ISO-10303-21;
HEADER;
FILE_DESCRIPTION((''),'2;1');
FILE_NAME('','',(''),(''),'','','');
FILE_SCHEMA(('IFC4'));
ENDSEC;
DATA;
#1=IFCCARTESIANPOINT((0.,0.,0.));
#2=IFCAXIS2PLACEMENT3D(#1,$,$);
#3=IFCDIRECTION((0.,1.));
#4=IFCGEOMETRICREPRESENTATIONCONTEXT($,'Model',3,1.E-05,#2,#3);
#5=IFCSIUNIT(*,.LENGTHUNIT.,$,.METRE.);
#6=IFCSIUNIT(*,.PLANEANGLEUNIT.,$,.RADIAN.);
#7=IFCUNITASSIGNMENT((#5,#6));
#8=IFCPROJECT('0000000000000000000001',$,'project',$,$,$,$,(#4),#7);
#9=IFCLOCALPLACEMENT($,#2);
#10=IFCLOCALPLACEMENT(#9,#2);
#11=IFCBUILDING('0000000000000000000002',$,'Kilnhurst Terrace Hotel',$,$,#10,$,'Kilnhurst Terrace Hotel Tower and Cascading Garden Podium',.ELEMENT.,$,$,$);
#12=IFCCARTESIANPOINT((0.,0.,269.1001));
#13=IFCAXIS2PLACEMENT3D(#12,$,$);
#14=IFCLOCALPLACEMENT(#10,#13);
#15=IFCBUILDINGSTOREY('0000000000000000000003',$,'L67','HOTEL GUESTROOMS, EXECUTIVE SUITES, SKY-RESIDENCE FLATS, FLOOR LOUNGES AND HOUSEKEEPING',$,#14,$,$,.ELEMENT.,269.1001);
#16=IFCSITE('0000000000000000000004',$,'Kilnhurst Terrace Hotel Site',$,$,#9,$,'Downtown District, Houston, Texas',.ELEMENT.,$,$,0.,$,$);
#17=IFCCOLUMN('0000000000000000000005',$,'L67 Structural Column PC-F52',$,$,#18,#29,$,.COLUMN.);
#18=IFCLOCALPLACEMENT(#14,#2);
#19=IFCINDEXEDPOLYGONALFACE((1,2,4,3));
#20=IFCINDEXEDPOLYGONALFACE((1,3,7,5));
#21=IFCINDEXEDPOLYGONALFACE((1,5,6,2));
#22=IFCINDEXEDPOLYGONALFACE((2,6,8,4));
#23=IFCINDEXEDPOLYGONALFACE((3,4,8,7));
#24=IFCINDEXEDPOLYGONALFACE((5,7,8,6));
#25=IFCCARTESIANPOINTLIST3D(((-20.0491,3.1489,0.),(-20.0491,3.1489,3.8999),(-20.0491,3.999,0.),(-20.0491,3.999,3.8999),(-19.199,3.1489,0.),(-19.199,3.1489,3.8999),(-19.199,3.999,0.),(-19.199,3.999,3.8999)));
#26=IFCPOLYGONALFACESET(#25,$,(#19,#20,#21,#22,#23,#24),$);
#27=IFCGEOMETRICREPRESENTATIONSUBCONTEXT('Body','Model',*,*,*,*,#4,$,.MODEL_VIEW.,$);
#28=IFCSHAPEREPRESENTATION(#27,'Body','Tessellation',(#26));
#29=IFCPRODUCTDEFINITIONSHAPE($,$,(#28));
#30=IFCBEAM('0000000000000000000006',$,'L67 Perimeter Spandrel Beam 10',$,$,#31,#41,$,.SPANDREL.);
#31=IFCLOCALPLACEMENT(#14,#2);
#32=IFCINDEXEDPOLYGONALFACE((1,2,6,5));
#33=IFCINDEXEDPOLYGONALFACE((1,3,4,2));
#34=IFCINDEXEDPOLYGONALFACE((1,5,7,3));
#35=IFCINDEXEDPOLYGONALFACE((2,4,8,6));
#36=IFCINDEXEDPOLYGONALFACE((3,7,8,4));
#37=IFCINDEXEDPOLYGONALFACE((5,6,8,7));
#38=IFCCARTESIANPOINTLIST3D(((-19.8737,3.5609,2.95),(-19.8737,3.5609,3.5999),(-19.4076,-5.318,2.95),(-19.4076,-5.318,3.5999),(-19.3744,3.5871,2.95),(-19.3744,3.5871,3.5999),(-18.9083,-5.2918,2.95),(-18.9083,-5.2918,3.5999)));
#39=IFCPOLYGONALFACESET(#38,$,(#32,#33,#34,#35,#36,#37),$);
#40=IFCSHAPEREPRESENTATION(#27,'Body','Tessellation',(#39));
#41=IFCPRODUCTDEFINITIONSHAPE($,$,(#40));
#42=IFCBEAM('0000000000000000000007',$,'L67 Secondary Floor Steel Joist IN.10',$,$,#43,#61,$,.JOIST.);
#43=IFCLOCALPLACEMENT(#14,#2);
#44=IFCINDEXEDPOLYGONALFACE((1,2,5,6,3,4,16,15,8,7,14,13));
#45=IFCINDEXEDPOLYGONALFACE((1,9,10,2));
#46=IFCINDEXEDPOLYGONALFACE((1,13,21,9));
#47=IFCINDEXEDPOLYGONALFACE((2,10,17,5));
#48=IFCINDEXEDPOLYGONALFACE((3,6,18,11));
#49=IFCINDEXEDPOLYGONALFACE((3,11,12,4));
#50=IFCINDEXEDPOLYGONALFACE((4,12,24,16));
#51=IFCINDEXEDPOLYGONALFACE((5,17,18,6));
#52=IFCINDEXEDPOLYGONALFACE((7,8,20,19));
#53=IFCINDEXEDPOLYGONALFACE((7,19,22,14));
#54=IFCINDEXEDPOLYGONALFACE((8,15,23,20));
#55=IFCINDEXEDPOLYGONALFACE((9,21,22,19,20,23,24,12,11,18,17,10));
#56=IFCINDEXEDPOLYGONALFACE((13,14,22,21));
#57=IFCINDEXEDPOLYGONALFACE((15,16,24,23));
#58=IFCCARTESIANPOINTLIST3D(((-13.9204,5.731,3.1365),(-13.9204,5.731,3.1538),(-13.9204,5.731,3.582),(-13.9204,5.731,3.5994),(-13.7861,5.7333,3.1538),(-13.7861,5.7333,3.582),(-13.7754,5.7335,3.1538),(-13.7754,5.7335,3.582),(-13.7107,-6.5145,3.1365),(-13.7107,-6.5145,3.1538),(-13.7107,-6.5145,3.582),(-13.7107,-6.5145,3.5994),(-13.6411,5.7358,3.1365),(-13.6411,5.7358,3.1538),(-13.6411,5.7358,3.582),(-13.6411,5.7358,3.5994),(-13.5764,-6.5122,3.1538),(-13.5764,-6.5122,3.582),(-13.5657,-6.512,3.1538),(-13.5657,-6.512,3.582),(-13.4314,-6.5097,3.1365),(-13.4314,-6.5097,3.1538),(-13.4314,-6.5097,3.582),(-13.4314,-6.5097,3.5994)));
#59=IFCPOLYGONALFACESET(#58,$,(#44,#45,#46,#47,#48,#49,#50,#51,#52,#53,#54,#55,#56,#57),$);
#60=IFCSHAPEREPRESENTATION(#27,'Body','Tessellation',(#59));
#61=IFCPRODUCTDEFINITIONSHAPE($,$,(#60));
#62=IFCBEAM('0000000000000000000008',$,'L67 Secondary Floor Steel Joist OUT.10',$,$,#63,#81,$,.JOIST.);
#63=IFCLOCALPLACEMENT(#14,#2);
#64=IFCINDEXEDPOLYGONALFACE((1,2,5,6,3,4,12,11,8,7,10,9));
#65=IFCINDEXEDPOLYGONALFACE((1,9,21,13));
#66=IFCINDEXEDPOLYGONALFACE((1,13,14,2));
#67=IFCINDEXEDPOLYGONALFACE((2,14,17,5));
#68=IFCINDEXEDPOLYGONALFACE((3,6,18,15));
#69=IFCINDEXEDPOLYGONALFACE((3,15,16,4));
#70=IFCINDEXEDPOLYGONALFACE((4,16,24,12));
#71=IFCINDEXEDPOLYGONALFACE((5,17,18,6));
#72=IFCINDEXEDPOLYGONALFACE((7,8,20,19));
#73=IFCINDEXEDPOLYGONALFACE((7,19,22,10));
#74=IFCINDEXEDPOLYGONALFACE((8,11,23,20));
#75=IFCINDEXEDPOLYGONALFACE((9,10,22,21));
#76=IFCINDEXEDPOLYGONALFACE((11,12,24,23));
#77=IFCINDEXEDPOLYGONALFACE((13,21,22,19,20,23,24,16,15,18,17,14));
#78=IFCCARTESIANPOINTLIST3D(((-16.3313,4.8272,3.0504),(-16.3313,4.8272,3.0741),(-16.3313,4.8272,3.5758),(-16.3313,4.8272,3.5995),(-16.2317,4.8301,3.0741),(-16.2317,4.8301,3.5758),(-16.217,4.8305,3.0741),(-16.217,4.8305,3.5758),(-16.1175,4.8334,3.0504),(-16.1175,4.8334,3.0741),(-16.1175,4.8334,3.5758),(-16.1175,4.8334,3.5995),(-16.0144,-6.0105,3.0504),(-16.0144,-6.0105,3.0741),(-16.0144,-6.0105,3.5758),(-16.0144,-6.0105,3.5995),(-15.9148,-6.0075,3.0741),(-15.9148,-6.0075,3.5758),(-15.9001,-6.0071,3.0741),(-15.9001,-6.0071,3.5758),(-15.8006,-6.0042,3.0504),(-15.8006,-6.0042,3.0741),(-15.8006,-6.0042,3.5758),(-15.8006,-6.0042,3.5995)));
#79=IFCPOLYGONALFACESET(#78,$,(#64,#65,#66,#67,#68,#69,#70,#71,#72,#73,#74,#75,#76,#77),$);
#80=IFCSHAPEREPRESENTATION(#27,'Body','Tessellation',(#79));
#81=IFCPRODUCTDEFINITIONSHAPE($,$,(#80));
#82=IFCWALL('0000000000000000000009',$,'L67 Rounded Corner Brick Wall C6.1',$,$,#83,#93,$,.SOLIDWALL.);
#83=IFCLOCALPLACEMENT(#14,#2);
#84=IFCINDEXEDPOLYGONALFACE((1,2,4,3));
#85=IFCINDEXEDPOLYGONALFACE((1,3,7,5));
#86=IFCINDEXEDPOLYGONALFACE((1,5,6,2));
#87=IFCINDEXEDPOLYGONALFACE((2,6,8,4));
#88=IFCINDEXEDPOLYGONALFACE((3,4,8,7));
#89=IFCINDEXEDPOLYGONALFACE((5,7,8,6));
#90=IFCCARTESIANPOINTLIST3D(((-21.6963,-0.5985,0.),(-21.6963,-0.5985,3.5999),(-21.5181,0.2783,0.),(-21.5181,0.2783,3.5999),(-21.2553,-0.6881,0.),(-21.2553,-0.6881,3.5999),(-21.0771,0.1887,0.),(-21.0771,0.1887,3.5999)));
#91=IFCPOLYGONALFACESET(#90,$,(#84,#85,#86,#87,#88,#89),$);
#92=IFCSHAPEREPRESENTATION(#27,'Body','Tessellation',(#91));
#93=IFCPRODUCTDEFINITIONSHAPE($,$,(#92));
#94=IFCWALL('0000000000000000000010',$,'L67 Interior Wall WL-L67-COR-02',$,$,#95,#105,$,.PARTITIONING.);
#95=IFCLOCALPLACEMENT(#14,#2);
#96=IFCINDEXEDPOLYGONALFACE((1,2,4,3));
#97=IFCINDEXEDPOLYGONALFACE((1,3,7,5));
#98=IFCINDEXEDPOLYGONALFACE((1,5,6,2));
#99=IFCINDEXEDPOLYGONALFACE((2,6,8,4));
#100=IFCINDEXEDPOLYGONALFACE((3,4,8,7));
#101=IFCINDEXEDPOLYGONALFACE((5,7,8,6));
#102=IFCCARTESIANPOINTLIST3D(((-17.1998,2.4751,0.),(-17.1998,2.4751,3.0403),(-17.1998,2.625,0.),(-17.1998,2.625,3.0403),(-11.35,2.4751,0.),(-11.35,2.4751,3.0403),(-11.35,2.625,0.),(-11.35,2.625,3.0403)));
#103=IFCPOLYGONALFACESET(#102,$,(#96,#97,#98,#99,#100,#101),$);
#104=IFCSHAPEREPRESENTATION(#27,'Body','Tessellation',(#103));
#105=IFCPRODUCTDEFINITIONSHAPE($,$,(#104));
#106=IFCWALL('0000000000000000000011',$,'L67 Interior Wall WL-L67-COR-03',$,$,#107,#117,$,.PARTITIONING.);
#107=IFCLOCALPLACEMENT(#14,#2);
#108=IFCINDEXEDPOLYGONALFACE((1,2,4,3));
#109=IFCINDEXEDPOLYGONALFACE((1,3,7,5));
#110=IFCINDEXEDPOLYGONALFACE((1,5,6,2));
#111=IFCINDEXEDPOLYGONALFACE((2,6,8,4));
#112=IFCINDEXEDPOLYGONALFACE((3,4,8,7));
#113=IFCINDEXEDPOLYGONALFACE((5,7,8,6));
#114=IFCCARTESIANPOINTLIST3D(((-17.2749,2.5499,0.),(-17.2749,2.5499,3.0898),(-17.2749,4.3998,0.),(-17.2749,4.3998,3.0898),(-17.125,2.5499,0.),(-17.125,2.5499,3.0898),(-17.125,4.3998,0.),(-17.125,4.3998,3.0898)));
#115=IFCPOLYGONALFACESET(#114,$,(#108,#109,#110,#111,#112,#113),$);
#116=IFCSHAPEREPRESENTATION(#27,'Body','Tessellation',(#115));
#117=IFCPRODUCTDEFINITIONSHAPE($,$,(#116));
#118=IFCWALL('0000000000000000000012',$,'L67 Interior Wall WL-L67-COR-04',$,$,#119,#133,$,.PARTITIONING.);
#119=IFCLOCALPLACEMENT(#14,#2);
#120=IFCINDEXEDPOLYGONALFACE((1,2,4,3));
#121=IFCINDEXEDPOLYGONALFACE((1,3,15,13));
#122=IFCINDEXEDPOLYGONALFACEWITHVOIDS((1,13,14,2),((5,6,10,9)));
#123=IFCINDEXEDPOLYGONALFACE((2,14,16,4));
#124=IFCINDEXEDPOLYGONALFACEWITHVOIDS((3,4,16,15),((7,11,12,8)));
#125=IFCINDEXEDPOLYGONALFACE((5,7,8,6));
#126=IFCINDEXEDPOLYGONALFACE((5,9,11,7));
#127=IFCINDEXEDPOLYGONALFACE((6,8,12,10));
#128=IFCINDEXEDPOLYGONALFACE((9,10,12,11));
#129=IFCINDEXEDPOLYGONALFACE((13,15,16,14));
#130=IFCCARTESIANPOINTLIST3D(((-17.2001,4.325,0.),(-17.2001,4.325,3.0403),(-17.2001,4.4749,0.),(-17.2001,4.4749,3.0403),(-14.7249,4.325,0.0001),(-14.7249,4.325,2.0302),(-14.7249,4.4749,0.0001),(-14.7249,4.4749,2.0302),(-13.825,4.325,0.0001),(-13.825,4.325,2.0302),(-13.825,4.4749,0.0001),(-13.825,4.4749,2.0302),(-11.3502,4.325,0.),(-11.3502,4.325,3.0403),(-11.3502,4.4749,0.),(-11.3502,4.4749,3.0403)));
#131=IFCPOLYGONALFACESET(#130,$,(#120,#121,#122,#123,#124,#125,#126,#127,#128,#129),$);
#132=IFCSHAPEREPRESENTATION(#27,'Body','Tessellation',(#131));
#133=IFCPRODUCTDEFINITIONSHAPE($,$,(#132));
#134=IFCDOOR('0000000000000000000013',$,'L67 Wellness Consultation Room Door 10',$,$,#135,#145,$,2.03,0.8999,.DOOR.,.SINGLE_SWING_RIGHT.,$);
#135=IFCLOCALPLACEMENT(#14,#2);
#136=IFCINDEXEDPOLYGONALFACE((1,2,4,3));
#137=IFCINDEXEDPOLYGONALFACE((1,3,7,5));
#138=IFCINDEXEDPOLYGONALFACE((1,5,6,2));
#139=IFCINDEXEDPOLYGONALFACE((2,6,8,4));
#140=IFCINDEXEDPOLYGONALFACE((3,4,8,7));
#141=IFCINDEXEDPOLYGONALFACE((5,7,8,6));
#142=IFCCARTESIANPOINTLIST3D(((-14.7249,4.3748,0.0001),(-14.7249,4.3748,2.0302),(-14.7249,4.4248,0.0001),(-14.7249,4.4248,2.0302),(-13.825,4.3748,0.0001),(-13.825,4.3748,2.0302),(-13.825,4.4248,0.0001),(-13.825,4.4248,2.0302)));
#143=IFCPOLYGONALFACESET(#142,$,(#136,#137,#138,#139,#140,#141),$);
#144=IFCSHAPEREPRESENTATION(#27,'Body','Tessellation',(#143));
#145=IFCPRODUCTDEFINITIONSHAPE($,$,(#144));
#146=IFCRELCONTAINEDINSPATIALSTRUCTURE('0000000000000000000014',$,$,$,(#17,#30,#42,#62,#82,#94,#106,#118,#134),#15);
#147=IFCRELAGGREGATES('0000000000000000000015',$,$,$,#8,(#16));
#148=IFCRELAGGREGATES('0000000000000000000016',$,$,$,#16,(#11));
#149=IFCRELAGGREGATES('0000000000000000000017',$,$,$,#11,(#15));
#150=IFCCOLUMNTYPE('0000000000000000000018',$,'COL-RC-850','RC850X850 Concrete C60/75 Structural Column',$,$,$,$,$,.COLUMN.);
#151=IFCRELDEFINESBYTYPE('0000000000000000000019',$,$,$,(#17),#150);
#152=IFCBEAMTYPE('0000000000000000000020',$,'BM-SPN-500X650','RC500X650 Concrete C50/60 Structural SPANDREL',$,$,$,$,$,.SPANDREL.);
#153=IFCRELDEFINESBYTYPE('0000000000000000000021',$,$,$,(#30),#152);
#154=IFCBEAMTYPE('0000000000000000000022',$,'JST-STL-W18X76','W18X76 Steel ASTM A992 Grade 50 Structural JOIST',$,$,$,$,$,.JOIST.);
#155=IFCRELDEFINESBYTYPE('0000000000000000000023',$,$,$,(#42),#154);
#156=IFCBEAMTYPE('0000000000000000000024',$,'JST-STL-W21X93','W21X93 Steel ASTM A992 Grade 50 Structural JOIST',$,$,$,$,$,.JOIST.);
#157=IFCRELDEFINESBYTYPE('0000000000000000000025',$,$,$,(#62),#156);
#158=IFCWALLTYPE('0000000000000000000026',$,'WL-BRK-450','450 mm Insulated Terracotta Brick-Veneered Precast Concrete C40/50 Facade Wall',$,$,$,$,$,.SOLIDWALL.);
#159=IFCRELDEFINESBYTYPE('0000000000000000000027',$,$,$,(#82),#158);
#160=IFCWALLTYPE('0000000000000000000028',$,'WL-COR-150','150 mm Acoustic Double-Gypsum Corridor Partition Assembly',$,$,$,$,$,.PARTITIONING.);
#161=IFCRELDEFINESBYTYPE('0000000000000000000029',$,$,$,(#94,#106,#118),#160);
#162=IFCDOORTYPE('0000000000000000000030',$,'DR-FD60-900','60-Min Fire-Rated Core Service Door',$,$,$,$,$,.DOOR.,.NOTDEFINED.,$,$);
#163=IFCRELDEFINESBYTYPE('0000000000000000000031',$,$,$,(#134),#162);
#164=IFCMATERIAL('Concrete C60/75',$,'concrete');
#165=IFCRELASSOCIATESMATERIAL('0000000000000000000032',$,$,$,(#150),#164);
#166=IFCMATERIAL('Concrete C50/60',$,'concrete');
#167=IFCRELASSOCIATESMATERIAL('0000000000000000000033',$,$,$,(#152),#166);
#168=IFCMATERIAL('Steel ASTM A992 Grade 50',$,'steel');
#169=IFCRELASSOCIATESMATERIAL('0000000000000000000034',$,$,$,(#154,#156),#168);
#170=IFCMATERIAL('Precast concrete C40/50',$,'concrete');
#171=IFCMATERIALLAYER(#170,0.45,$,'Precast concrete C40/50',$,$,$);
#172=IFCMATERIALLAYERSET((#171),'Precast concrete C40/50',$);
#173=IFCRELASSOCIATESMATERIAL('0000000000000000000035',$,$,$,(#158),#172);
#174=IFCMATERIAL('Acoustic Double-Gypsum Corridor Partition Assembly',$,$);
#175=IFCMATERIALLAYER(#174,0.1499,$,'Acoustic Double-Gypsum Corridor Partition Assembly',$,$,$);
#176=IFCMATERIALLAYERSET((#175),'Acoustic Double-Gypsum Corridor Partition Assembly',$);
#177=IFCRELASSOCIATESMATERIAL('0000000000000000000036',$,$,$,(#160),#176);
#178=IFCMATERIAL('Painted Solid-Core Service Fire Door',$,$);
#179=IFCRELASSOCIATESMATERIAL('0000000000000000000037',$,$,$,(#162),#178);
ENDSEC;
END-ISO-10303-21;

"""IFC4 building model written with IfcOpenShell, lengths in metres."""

from ifc_helpers import new_model, si_unit, direction, frame, frame_2d, origin, origin_2d, place, context, subcontext, project, spatial, rectangle, i_section, extrude, material, layer, layer_set, material_profile, profile_set, type_object, element, fill, save


model = new_model("IFC4")

# Units and contexts
model_context = context("Model", 3, precision=1e-05, world=origin(), true_north=direction((0.0, 1.0)))
body_context = subcontext(model_context, "Body", "Model", "MODEL_VIEW")
ifc_project = project(units=[si_unit("LENGTHUNIT", "METRE"), si_unit("PLANEANGLEUNIT", "RADIAN")], contexts=[model_context])

# Site, building, storey
site_placement = place(None, origin())
site = spatial("IfcSite", under=ifc_project, at=site_placement, Name="Kilnhurst Terrace Hotel Site", LongName="Downtown District, Houston, Texas", CompositionType="ELEMENT", RefElevation=0.0)
building_placement = place(site_placement, origin())
building = spatial("IfcBuilding", under=site, at=building_placement, Name="Kilnhurst Terrace Hotel", LongName="Kilnhurst Terrace Hotel Tower and Cascading Garden Podium", CompositionType="ELEMENT")
storey_placement = place(building_placement, frame((0.0, 0.0, 269.1001)))
storey = spatial("IfcBuildingStorey", under=building, at=storey_placement, Name="L67", Description="HOTEL GUESTROOMS, EXECUTIVE SUITES, SKY-RESIDENCE FLATS, FLOOR LOUNGES AND HOUSEKEEPING", CompositionType="ELEMENT", Elevation=269.1001)

# Column
ifc_material_1 = material(Name="Concrete C60/75", Category="concrete")
ifc_material_profile_1 = material_profile(ifc_material_1, rectangle(XDim=0.8501, YDim=0.8501, at=origin_2d()), Name="RC850X850")
ifc_profile_set_1 = profile_set([ifc_material_profile_1], Name="Concrete C60/75")
column_type = type_object("IfcColumnType", Name="COL-RC-850", Description="RC850X850 Concrete C60/75 Structural Column", PredefinedType="COLUMN", material=ifc_profile_set_1)
column_placement = place(storey_placement, frame((-19.624, 3.574, 0.0), z_axis=(0.0, 0.0, 1.0), x_axis=(1.0, 0.0, 0.0)))
element("IfcColumn", 1, at=column_placement, inside=storey, type_object=column_type, Name="L67 Structural Column PC-F52", PredefinedType="COLUMN", context=body_context, shape_type="SweptSolid", body=[
    extrude(rectangle(XDim=0.8501, YDim=0.8501, at=origin_2d()), origin(), (0.0, 0.0, 1.0), 3.8999),
])

# Beams
ifc_material_2 = material(Name="Concrete C50/60", Category="concrete")
ifc_material_profile_2 = material_profile(ifc_material_2, rectangle(XDim=0.5, YDim=0.6499, at=origin_2d()), Name="RC500X650")
ifc_profile_set_2 = profile_set([ifc_material_profile_2], Name="Concrete C50/60")
beam_type_1 = type_object("IfcBeamType", Name="BM-SPN-500X650", Description="RC500X650 Concrete C50/60 Structural SPANDREL", PredefinedType="SPANDREL", material=ifc_profile_set_2)
beam_1_placement = place(storey_placement, frame((-19.624, 3.574, 3.2749), z_axis=(0.052419, -0.998625, 0.0), x_axis=(0.998625, 0.052419, 0.0)))
element("IfcBeam", 2, at=beam_1_placement, inside=storey, type_object=beam_type_1, Name="L67 Perimeter Spandrel Beam 10", PredefinedType="SPANDREL", context=body_context, shape_type="SweptSolid", body=[
    extrude(rectangle(XDim=0.5, YDim=0.6499, at=origin_2d()), origin(), (0.0, 0.0, 1.0), 8.8911),
])
ifc_material_3 = material(Name="Steel ASTM A992 Grade 50", Category="steel")
ifc_material_profile_3 = material_profile(ifc_material_3, i_section(OverallWidth=0.2793, OverallDepth=0.4629, WebThickness=0.0107, FlangeThickness=0.0173, at=origin_2d()), Name="W18X76")
ifc_profile_set_3 = profile_set([ifc_material_profile_3], Name="Steel ASTM A992 Grade 50")
beam_type_2 = type_object("IfcBeamType", Name="JST-STL-W18X76", Description="W18X76 Steel ASTM A992 Grade 50 Structural JOIST", PredefinedType="JOIST", material=ifc_profile_set_3)
beam_2_placement = place(storey_placement, frame((-13.7808, 5.7334, 3.3679), z_axis=(0.017123, -0.999853, 0.0), x_axis=(0.999853, 0.017123, 0.0)))
element("IfcBeam", 3, at=beam_2_placement, inside=storey, type_object=beam_type_2, Name="L67 Secondary Floor Steel Joist IN.10", PredefinedType="JOIST", context=body_context, shape_type="SweptSolid", body=[
    extrude(i_section(OverallWidth=0.2793, OverallDepth=0.4629, WebThickness=0.0107, FlangeThickness=0.0173, at=origin_2d()), origin(), (0.0, 0.0, 1.0), 12.2473),
])
ifc_material_profile_4 = material_profile(ifc_material_3, i_section(OverallWidth=0.2139, OverallDepth=0.5491, WebThickness=0.0146, FlangeThickness=0.0237, at=origin_2d()), Name="W21X93")
ifc_profile_set_4 = profile_set([ifc_material_profile_4], Name="Steel ASTM A992 Grade 50")
beam_type_3 = type_object("IfcBeamType", Name="JST-STL-W21X93", Description="W21X93 Steel ASTM A992 Grade 50 Structural JOIST", PredefinedType="JOIST", material=ifc_profile_set_4)
beam_3_placement = place(storey_placement, frame((-16.2244, 4.8303, 3.325), z_axis=(0.029228, -0.999573, 0.0), x_axis=(0.999573, 0.029228, 0.0)))
element("IfcBeam", 4, at=beam_3_placement, inside=storey, type_object=beam_type_3, Name="L67 Secondary Floor Steel Joist OUT.10", PredefinedType="JOIST", context=body_context, shape_type="SweptSolid", body=[
    extrude(i_section(OverallWidth=0.2139, OverallDepth=0.5491, WebThickness=0.0146, FlangeThickness=0.0237, at=origin_2d()), origin(), (0.0, 0.0, 1.0), 10.8423),
])

# Walls
ifc_material_4 = material(Name="Precast concrete C40/50", Category="concrete")
ifc_layer_1 = layer(ifc_material_4, 0.45, Name="Precast concrete C40/50")
ifc_layer_set_1 = layer_set([ifc_layer_1], Name="Precast concrete C40/50")
wall_type_1 = type_object("IfcWallType", Name="WL-BRK-450", Description="450 mm Insulated Terracotta Brick-Veneered Precast Concrete C40/50 Facade Wall", PredefinedType="SOLIDWALL", material=ifc_layer_set_1)
wall_1_placement = place(storey_placement, frame((-21.2976, 0.2334, 0.0), z_axis=(0.0, 0.0, 1.0), x_axis=(-0.199158, -0.979967, 0.0)))
element("IfcWall", 5, at=wall_1_placement, inside=storey, type_object=wall_type_1, Name="L67 Rounded Corner Brick Wall C6.1", PredefinedType="SOLIDWALL", context=body_context, shape_type="SweptSolid", body=[
    extrude(rectangle(XDim=0.8948, YDim=0.45, at=frame_2d((0.4473, 0.0))), origin(), (0.0, 0.0, 1.0), 3.5999),
])
ifc_material_5 = material(Name="Acoustic Double-Gypsum Corridor Partition Assembly")
ifc_layer_2 = layer(ifc_material_5, 0.1499, Name="Acoustic Double-Gypsum Corridor Partition Assembly")
ifc_layer_set_2 = layer_set([ifc_layer_2], Name="Acoustic Double-Gypsum Corridor Partition Assembly")
wall_type_2 = type_object("IfcWallType", Name="WL-COR-150", Description="150 mm Acoustic Double-Gypsum Corridor Partition Assembly", PredefinedType="PARTITIONING", material=ifc_layer_set_2)
wall_2_placement = place(storey_placement, frame((-11.3501, 2.55, 0.0), z_axis=(0.0, 0.0, 1.0), x_axis=(-1.0, 0.0, 0.0)))
element("IfcWall", 6, at=wall_2_placement, inside=storey, type_object=wall_type_2, Name="L67 Interior Wall WL-L67-COR-02", PredefinedType="PARTITIONING", context=body_context, shape_type="SweptSolid", body=[
    extrude(rectangle(XDim=5.8499, YDim=0.1499, at=frame_2d((2.9248, 0.0))), origin(), (0.0, 0.0, 1.0), 3.0403),
])
wall_3_placement = place(storey_placement, frame((-17.2, 2.55, 0.0), z_axis=(0.0, 0.0, 1.0), x_axis=(0.0, 1.0, 0.0)))
element("IfcWall", 7, at=wall_3_placement, inside=storey, type_object=wall_type_2, Name="L67 Interior Wall WL-L67-COR-03", PredefinedType="PARTITIONING", context=body_context, shape_type="SweptSolid", body=[
    extrude(rectangle(XDim=1.8499, YDim=0.1499, at=frame_2d((0.9248, 0.0))), origin(), (0.0, 0.0, 1.0), 3.0898),
])

# Wall, opening, door
wall_4_placement = place(storey_placement, frame((-17.2, 4.3999, 0.0), z_axis=(0.0, 0.0, 1.0), x_axis=(1.0, 0.0, 0.0)))
wall_4 = element("IfcWall", 8, at=wall_4_placement, inside=storey, type_object=wall_type_2, Name="L67 Interior Wall WL-L67-COR-04", PredefinedType="PARTITIONING", context=body_context, shape_type="SweptSolid", body=[
    extrude(rectangle(XDim=5.8499, YDim=0.1499, at=frame_2d((2.9248, 0.0))), origin(), (0.0, 0.0, 1.0), 3.0403),
])
opening_1_placement = place(wall_4_placement, frame((2.4751, 0.0, 0.0)))
opening_1 = element("IfcOpeningElement", 9, at=opening_1_placement, cuts=wall_4, PredefinedType="OPENING", context=body_context, shape_type="SweptSolid", body=[
    extrude(rectangle(XDim=0.8999, YDim=2.03, at=frame_2d((0.45, 1.0151))), frame((0.0, 0.085, 0.0), z_axis=(0.0, -1.0, 0.0), x_axis=(1.0, 0.0, 0.0)), (0.0, 0.0, 1.0), 0.1699),
])
ifc_material_6 = material(Name="Painted Solid-Core Service Fire Door")
door_type_1 = type_object("IfcDoorType", Name="DR-FD60-900", Description="60-Min Fire-Rated Core Service Door", OperationType="NOTDEFINED", PredefinedType="DOOR", material=ifc_material_6)
door_1_placement = place(opening_1_placement, origin())
door_1 = element("IfcDoor", 10, at=door_1_placement, inside=storey, type_object=door_type_1, Name="L67 Wellness Consultation Room Door 10", OperationType="SINGLE_SWING_RIGHT", OverallHeight=2.03, OverallWidth=0.8999, PredefinedType="DOOR", context=body_context, shape_type="SweptSolid", body=[
    extrude(rectangle(XDim=0.8999, YDim=2.03, at=frame_2d((0.45, 1.0151))), frame((0.0, 0.0249, 0.0), z_axis=(0.0, -1.0, 0.0), x_axis=(1.0, 0.0, 0.0)), (0.0, 0.0, 1.0), 0.05),
])
fill(opening_1, door_1)

save(model, "model.ifc")
